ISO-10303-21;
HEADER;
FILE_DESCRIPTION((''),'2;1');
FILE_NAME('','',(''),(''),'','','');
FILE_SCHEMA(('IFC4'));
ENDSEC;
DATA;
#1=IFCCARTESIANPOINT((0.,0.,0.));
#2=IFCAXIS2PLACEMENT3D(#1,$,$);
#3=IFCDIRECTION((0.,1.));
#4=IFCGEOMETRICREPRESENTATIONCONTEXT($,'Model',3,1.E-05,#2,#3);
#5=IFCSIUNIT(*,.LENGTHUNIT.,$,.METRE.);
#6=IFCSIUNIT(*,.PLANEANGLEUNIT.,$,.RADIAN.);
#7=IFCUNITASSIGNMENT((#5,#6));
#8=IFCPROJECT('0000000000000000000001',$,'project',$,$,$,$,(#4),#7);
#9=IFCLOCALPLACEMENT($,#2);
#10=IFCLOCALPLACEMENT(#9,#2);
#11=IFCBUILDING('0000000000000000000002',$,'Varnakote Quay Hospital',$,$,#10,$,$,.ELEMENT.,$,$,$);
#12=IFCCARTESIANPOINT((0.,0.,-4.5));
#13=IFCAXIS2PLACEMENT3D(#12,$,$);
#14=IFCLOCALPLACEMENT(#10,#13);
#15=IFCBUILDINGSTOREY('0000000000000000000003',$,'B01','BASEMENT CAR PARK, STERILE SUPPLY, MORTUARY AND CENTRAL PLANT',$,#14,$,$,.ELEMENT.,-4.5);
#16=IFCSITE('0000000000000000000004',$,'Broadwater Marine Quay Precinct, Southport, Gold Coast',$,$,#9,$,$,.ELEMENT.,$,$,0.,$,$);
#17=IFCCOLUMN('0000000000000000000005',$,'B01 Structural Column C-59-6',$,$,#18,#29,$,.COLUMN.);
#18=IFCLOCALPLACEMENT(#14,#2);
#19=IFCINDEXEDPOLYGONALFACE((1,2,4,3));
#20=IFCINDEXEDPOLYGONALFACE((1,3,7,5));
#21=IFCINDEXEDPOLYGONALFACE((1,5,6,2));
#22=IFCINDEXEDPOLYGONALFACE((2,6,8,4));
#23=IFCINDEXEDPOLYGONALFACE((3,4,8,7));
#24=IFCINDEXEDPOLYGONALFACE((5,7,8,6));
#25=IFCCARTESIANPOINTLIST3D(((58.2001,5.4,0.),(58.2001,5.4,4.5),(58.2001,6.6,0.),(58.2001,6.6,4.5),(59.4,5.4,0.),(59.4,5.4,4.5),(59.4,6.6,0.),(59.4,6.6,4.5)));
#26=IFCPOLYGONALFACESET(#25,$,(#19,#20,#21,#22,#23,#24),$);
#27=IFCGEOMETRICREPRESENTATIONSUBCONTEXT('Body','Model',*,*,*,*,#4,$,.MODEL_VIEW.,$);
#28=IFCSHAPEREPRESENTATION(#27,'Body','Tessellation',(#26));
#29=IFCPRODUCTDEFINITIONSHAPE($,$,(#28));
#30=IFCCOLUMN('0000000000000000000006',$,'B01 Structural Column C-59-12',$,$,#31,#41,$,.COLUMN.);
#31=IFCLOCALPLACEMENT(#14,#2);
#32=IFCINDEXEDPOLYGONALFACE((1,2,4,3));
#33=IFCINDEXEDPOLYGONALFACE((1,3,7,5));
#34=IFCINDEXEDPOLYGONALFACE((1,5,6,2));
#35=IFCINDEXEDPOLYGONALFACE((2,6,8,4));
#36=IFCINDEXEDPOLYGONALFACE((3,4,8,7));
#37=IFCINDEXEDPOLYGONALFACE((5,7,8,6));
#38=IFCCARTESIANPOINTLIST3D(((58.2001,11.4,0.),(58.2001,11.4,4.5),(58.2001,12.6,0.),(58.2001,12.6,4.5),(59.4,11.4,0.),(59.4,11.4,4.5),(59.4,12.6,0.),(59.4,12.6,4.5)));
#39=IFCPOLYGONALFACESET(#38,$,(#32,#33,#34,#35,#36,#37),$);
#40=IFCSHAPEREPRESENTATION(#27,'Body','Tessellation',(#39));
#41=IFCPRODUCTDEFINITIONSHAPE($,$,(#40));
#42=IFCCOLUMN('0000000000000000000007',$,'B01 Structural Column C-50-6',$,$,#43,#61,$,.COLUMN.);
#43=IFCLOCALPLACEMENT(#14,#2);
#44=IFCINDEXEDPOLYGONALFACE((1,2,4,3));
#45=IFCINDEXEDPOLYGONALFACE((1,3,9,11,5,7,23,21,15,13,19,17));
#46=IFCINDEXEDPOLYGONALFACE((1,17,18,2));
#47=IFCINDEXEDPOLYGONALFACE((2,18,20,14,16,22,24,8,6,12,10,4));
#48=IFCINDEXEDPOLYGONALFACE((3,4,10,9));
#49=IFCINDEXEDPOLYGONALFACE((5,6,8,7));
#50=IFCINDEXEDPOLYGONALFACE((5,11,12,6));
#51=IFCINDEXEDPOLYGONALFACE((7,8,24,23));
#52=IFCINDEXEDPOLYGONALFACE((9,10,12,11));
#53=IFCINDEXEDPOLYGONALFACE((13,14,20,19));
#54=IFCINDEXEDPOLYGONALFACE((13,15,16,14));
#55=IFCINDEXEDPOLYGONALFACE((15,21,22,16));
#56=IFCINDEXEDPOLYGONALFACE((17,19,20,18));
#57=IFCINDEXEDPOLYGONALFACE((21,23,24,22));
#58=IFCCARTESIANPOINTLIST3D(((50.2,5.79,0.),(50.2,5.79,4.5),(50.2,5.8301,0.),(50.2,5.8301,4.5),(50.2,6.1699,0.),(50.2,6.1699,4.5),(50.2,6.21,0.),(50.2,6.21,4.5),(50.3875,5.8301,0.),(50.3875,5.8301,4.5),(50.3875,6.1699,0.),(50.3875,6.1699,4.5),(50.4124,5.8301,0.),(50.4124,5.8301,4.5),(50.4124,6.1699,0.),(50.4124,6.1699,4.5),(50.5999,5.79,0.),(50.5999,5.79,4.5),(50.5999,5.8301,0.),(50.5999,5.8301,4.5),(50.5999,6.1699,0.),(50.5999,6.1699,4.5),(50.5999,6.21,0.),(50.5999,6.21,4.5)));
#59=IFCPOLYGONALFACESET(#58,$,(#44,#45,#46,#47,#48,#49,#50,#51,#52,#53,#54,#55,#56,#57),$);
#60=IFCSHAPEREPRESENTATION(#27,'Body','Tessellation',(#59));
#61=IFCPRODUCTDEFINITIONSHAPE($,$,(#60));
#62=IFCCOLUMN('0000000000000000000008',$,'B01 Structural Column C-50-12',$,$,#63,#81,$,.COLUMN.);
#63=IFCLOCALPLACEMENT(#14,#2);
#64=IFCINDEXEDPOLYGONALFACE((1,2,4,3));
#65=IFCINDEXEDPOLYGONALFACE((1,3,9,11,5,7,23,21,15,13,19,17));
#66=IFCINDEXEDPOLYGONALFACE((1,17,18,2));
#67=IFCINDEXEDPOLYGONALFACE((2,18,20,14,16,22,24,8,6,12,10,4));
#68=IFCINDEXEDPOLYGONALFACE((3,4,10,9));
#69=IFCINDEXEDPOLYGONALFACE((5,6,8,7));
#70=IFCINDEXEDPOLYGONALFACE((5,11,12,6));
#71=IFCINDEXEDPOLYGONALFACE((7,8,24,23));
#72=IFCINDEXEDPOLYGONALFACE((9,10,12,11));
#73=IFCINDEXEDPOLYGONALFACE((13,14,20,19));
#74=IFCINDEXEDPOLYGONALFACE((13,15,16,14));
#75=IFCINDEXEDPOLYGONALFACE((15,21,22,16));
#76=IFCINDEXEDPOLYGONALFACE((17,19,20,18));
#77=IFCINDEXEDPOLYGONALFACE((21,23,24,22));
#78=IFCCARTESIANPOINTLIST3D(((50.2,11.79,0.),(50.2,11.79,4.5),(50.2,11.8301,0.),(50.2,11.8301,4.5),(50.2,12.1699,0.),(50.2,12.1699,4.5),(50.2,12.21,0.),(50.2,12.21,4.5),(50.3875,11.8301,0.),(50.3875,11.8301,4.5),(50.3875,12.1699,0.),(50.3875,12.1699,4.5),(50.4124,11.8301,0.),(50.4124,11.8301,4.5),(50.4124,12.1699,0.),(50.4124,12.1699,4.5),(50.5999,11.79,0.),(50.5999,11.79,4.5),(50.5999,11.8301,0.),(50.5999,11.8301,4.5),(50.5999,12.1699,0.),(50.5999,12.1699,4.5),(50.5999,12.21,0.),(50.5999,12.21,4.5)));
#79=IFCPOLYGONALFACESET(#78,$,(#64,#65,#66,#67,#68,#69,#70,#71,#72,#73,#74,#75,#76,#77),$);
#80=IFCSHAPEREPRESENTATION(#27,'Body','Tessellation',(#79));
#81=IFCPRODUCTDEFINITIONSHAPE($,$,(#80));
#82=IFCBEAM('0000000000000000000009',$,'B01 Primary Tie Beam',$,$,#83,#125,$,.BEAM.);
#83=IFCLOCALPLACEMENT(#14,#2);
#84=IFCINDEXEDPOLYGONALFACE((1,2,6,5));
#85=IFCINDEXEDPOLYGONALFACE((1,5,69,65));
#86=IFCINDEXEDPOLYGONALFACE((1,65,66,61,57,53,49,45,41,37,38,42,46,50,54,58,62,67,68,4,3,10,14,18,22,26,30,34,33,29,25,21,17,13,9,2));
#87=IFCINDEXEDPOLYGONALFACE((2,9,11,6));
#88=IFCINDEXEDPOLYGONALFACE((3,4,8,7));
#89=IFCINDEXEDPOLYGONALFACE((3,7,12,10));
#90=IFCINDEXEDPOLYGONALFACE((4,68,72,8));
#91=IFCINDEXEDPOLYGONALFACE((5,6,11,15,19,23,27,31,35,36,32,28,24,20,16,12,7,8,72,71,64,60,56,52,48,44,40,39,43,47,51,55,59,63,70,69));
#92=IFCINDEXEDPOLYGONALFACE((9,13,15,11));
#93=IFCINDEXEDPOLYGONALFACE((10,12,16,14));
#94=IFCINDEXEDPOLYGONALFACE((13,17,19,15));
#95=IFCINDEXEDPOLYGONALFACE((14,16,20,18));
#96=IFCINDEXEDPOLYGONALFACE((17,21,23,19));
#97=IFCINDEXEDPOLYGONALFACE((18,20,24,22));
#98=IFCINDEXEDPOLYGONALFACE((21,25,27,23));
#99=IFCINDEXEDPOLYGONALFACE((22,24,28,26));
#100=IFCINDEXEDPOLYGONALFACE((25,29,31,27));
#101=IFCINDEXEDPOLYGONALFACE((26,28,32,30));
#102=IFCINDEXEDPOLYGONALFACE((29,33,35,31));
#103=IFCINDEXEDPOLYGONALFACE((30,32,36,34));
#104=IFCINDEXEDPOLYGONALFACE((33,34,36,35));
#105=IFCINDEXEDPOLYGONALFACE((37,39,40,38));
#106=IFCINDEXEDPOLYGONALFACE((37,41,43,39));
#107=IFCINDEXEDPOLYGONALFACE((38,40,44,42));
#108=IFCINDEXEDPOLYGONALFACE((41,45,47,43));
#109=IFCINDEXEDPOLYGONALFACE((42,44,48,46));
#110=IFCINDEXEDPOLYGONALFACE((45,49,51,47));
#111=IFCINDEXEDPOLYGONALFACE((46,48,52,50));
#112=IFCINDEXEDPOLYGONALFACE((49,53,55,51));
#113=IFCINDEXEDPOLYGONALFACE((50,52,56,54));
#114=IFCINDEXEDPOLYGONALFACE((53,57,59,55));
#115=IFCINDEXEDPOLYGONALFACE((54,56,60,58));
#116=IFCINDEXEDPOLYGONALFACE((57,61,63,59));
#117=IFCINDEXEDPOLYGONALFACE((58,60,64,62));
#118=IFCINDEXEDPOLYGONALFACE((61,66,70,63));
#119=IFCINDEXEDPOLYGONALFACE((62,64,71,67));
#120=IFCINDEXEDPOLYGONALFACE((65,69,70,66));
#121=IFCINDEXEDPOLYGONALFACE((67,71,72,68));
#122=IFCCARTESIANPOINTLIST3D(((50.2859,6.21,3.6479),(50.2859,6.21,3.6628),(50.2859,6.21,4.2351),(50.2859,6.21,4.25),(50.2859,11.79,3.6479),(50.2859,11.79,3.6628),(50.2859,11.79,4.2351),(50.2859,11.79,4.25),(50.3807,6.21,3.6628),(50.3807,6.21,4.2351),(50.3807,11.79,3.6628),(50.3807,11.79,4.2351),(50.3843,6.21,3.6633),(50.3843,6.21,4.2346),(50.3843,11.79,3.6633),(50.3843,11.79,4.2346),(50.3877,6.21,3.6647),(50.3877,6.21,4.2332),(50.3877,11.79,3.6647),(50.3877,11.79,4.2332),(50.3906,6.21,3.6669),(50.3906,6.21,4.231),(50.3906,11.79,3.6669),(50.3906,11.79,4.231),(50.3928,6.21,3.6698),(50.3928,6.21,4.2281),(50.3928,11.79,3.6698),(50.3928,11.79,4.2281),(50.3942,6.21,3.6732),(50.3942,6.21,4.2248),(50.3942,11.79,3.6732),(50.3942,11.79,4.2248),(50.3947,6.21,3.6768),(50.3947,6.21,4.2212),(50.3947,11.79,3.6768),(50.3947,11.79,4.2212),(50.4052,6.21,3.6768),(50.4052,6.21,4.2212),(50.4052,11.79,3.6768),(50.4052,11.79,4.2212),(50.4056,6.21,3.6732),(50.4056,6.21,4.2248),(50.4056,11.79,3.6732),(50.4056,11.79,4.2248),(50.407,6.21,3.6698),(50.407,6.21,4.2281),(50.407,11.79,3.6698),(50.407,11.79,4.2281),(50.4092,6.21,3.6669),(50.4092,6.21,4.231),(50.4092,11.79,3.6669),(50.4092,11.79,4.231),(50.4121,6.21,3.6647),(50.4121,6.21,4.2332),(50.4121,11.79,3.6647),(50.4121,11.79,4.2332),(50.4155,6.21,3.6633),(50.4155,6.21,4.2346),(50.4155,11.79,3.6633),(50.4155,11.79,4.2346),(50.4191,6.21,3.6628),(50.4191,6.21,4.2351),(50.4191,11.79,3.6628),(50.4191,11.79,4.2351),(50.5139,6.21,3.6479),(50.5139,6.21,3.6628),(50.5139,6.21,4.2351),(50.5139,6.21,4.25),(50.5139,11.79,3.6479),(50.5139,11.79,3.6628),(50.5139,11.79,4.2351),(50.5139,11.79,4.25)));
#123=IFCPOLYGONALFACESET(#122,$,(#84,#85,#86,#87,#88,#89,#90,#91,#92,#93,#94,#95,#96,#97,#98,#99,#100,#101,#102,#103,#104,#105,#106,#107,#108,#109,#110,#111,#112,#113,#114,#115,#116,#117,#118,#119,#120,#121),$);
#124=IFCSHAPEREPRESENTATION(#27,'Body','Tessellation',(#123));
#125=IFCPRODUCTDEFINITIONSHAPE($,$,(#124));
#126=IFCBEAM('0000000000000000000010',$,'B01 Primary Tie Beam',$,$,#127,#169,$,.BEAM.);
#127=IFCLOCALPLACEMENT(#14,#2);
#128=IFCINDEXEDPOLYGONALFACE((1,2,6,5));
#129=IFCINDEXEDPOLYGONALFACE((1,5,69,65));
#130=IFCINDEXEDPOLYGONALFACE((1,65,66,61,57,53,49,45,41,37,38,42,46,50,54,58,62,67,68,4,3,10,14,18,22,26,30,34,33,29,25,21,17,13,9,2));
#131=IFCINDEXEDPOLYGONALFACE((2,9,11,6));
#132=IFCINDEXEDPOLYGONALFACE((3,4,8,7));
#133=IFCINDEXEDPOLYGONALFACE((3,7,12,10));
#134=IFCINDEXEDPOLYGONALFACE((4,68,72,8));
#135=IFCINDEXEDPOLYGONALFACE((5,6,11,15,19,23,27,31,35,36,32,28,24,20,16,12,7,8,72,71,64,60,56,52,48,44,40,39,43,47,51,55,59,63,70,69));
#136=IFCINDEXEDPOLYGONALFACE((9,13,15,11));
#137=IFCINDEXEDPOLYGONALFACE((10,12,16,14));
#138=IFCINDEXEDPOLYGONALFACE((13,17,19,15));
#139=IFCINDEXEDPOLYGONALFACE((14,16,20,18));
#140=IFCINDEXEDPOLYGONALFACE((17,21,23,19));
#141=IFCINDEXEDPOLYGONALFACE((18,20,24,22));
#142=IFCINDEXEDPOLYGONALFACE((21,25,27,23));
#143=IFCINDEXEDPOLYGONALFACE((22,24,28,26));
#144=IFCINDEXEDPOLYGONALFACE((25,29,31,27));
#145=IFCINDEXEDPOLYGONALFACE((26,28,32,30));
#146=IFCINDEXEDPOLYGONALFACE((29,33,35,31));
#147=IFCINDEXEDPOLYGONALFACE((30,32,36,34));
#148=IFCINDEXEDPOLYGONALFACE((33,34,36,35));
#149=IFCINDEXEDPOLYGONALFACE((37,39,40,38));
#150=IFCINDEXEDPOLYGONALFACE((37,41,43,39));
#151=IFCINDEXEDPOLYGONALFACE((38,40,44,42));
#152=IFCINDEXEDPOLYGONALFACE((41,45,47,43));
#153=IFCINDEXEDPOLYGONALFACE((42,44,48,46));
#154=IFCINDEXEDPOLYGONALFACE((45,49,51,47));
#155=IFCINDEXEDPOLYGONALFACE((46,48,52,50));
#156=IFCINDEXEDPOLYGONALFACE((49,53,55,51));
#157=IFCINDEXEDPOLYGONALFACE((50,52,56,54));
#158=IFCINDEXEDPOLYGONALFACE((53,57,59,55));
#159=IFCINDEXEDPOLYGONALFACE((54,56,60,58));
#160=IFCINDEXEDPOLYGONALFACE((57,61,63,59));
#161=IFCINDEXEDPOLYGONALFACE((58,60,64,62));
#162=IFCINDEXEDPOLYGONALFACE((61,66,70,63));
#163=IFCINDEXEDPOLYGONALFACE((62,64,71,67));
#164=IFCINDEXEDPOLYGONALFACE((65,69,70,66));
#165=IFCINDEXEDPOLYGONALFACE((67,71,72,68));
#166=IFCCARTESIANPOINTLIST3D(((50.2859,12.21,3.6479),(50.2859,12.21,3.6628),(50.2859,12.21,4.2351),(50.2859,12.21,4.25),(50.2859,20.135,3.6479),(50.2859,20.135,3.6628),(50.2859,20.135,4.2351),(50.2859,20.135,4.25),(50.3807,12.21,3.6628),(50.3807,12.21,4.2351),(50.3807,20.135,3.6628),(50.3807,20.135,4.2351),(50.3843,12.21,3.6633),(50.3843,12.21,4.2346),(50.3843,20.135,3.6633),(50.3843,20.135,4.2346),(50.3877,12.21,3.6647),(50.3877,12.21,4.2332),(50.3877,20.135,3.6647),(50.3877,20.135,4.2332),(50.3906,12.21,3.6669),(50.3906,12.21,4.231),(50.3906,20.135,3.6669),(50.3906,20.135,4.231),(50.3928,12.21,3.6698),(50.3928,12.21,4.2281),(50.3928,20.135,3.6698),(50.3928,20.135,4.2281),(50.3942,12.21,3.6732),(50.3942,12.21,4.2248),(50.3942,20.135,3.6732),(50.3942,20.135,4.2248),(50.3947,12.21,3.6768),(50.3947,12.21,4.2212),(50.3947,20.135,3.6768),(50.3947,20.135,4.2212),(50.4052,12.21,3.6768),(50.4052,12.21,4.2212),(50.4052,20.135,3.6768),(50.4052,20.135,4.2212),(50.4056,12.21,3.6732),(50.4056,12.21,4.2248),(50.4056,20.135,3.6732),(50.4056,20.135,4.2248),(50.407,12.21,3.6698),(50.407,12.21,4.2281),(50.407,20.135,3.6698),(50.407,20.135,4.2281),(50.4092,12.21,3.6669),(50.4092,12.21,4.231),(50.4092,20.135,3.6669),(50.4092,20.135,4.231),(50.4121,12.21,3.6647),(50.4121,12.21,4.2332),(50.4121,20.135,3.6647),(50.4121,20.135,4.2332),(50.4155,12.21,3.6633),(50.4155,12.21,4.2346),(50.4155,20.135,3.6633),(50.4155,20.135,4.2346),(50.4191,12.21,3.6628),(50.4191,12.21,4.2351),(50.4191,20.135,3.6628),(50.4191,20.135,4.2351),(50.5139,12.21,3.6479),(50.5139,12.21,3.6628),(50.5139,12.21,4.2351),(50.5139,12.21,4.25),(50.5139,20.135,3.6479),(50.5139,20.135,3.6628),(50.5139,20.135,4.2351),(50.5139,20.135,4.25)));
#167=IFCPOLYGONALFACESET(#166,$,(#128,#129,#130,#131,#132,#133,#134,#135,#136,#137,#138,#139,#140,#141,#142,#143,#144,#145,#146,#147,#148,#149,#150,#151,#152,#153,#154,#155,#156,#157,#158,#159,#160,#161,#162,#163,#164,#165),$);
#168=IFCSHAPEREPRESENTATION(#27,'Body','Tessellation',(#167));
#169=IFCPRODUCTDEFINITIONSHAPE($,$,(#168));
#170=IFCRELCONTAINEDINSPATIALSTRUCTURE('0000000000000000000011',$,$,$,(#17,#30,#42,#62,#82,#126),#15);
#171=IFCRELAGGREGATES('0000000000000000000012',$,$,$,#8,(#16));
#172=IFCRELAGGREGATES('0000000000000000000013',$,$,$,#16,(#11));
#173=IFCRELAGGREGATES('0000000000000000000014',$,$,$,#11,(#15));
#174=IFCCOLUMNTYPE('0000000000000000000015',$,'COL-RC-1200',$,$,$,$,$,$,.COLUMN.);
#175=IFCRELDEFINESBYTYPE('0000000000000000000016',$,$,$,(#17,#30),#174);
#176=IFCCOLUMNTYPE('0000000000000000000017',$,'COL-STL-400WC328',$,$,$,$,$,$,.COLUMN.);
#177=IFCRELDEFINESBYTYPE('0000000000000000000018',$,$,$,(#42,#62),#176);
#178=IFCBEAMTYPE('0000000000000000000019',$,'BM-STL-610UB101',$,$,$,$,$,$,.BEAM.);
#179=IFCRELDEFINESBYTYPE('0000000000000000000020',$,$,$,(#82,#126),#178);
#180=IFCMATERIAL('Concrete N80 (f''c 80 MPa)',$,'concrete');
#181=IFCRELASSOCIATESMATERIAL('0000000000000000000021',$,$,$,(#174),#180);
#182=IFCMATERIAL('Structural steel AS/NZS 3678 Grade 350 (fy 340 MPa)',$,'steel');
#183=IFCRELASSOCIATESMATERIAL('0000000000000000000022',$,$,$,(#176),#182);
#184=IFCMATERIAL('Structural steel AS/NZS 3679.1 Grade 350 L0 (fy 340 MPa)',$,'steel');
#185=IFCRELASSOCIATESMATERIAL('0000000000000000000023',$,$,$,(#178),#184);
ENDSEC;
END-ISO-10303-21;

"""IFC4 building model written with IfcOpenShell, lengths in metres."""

from ifc_helpers import new_model, si_unit, direction, frame, origin, origin_2d, place, context, subcontext, project, spatial, rectangle, i_section, extrude, material, material_profile, profile_set, type_object, element, save


model = new_model("IFC4")

# Units and contexts
model_context = context("Model", 3, precision=1e-05, world=origin(), true_north=direction((0.0, 1.0)))
body_context = subcontext(model_context, "Body", "Model", "MODEL_VIEW")
ifc_project = project(units=[si_unit("LENGTHUNIT", "METRE"), si_unit("PLANEANGLEUNIT", "RADIAN")], contexts=[model_context])

# Site, building, storey
site_placement = place(None, origin())
site = spatial("IfcSite", under=ifc_project, at=site_placement, Name="Broadwater Marine Quay Precinct, Southport, Gold Coast", CompositionType="ELEMENT", RefElevation=0.0)
building_placement = place(site_placement, origin())
building = spatial("IfcBuilding", under=site, at=building_placement, Name="Varnakote Quay Hospital", CompositionType="ELEMENT")
storey_placement = place(building_placement, frame((0.0, 0.0, -4.5)))
storey = spatial("IfcBuildingStorey", under=building, at=storey_placement, Name="B01", Description="BASEMENT CAR PARK, STERILE SUPPLY, MORTUARY AND CENTRAL PLANT", CompositionType="ELEMENT", Elevation=-4.5)

# Columns
ifc_material_1 = material(Name="Concrete N80 (f'c 80 MPa)", Category="concrete")
ifc_material_profile_1 = material_profile(ifc_material_1, rectangle(XDim=1.2, YDim=1.2, at=origin_2d()), Name="RC-COL-1200x1200")
ifc_profile_set_1 = profile_set([ifc_material_profile_1], Name="Concrete N80 (f'c 80 MPa)")
column_type_1 = type_object("IfcColumnType", Name="COL-RC-1200", PredefinedType="COLUMN", material=ifc_profile_set_1)
for number, where, z_axis, x_axis, name in (
    (1, (58.8, 6.0, 0.0), (0.0, 0.0, 1.0), (1.0, 0.0, 0.0), "B01 Structural Column C-59-6"),
    (2, (58.8, 12.0, 0.0), (0.0, 0.0, 1.0), (1.0, 0.0, 0.0), "B01 Structural Column C-59-12"),
):
    element("IfcColumn", number, at=place(storey_placement, frame(where, z_axis=z_axis, x_axis=x_axis)), inside=storey, type_object=column_type_1, Name=name, PredefinedType="COLUMN", context=body_context, shape_type="SweptSolid", body=[
        extrude(rectangle(XDim=1.2, YDim=1.2, at=origin_2d()), origin(), (0.0, 0.0, 1.0), 4.5),
    ])
ifc_material_2 = material(Name="Structural steel AS/NZS 3678 Grade 350 (fy 340 MPa)", Category="steel")
ifc_material_profile_2 = material_profile(ifc_material_2, i_section(OverallWidth=0.3999, OverallDepth=0.4199, WebThickness=0.0249, FlangeThickness=0.04, at=origin_2d()), Name="400WC328")
ifc_profile_set_2 = profile_set([ifc_material_profile_2], Name="Structural steel AS/NZS 3678 Grade 350 (fy 340 MPa)")
column_type_2 = type_object("IfcColumnType", Name="COL-STL-400WC328", PredefinedType="COLUMN", material=ifc_profile_set_2)
for number, where, z_axis, x_axis, name in (
    (3, (50.3999, 6.0, 0.0), (0.0, 0.0, 1.0), (1.0, 0.0, 0.0), "B01 Structural Column C-50-6"),
    (4, (50.3999, 12.0, 0.0), (0.0, 0.0, 1.0), (1.0, 0.0, 0.0), "B01 Structural Column C-50-12"),
):
    element("IfcColumn", number, at=place(storey_placement, frame(where, z_axis=z_axis, x_axis=x_axis)), inside=storey, type_object=column_type_2, Name=name, PredefinedType="COLUMN", context=body_context, shape_type="SweptSolid", body=[
        extrude(i_section(OverallWidth=0.3999, OverallDepth=0.4199, WebThickness=0.0249, FlangeThickness=0.04, at=origin_2d()), origin(), (0.0, 0.0, 1.0), 4.5),
    ])

# Beams
ifc_material_3 = material(Name="Structural steel AS/NZS 3679.1 Grade 350 L0 (fy 340 MPa)", Category="steel")
ifc_material_profile_3 = material_profile(ifc_material_3, i_section(OverallWidth=0.228, OverallDepth=0.6021, WebThickness=0.0105, FlangeThickness=0.0149, FilletRadius=0.0139, at=origin_2d()), Name="610UB101")
ifc_profile_set_3 = profile_set([ifc_material_profile_3], Name="Structural steel AS/NZS 3679.1 Grade 350 L0 (fy 340 MPa)")
beam_type_1 = type_object("IfcBeamType", Name="BM-STL-610UB101", PredefinedType="BEAM", material=ifc_profile_set_3)
beam_1_placement = place(storey_placement, frame((50.3999, 6.21, 3.949), z_axis=(0.0, 1.0, 0.0), x_axis=(-1.0, 0.0, 0.0)))
element("IfcBeam", 5, at=beam_1_placement, inside=storey, type_object=beam_type_1, Name="B01 Primary Tie Beam", PredefinedType="BEAM", context=body_context, shape_type="SweptSolid", body=[
    extrude(i_section(OverallWidth=0.228, OverallDepth=0.6021, WebThickness=0.0105, FlangeThickness=0.0149, FilletRadius=0.0139, at=origin_2d()), origin(), (0.0, 0.0, 1.0), 5.5801),
])
beam_2_placement = place(storey_placement, frame((50.3999, 12.21, 3.949), z_axis=(0.0, 1.0, 0.0), x_axis=(-1.0, 0.0, 0.0)))
element("IfcBeam", 6, at=beam_2_placement, inside=storey, type_object=beam_type_1, Name="B01 Primary Tie Beam", PredefinedType="BEAM", context=body_context, shape_type="SweptSolid", body=[
    extrude(i_section(OverallWidth=0.228, OverallDepth=0.6021, WebThickness=0.0105, FlangeThickness=0.0149, FilletRadius=0.0139, at=origin_2d()), origin(), (0.0, 0.0, 1.0), 7.925),
])

save(model, "model.ifc")
